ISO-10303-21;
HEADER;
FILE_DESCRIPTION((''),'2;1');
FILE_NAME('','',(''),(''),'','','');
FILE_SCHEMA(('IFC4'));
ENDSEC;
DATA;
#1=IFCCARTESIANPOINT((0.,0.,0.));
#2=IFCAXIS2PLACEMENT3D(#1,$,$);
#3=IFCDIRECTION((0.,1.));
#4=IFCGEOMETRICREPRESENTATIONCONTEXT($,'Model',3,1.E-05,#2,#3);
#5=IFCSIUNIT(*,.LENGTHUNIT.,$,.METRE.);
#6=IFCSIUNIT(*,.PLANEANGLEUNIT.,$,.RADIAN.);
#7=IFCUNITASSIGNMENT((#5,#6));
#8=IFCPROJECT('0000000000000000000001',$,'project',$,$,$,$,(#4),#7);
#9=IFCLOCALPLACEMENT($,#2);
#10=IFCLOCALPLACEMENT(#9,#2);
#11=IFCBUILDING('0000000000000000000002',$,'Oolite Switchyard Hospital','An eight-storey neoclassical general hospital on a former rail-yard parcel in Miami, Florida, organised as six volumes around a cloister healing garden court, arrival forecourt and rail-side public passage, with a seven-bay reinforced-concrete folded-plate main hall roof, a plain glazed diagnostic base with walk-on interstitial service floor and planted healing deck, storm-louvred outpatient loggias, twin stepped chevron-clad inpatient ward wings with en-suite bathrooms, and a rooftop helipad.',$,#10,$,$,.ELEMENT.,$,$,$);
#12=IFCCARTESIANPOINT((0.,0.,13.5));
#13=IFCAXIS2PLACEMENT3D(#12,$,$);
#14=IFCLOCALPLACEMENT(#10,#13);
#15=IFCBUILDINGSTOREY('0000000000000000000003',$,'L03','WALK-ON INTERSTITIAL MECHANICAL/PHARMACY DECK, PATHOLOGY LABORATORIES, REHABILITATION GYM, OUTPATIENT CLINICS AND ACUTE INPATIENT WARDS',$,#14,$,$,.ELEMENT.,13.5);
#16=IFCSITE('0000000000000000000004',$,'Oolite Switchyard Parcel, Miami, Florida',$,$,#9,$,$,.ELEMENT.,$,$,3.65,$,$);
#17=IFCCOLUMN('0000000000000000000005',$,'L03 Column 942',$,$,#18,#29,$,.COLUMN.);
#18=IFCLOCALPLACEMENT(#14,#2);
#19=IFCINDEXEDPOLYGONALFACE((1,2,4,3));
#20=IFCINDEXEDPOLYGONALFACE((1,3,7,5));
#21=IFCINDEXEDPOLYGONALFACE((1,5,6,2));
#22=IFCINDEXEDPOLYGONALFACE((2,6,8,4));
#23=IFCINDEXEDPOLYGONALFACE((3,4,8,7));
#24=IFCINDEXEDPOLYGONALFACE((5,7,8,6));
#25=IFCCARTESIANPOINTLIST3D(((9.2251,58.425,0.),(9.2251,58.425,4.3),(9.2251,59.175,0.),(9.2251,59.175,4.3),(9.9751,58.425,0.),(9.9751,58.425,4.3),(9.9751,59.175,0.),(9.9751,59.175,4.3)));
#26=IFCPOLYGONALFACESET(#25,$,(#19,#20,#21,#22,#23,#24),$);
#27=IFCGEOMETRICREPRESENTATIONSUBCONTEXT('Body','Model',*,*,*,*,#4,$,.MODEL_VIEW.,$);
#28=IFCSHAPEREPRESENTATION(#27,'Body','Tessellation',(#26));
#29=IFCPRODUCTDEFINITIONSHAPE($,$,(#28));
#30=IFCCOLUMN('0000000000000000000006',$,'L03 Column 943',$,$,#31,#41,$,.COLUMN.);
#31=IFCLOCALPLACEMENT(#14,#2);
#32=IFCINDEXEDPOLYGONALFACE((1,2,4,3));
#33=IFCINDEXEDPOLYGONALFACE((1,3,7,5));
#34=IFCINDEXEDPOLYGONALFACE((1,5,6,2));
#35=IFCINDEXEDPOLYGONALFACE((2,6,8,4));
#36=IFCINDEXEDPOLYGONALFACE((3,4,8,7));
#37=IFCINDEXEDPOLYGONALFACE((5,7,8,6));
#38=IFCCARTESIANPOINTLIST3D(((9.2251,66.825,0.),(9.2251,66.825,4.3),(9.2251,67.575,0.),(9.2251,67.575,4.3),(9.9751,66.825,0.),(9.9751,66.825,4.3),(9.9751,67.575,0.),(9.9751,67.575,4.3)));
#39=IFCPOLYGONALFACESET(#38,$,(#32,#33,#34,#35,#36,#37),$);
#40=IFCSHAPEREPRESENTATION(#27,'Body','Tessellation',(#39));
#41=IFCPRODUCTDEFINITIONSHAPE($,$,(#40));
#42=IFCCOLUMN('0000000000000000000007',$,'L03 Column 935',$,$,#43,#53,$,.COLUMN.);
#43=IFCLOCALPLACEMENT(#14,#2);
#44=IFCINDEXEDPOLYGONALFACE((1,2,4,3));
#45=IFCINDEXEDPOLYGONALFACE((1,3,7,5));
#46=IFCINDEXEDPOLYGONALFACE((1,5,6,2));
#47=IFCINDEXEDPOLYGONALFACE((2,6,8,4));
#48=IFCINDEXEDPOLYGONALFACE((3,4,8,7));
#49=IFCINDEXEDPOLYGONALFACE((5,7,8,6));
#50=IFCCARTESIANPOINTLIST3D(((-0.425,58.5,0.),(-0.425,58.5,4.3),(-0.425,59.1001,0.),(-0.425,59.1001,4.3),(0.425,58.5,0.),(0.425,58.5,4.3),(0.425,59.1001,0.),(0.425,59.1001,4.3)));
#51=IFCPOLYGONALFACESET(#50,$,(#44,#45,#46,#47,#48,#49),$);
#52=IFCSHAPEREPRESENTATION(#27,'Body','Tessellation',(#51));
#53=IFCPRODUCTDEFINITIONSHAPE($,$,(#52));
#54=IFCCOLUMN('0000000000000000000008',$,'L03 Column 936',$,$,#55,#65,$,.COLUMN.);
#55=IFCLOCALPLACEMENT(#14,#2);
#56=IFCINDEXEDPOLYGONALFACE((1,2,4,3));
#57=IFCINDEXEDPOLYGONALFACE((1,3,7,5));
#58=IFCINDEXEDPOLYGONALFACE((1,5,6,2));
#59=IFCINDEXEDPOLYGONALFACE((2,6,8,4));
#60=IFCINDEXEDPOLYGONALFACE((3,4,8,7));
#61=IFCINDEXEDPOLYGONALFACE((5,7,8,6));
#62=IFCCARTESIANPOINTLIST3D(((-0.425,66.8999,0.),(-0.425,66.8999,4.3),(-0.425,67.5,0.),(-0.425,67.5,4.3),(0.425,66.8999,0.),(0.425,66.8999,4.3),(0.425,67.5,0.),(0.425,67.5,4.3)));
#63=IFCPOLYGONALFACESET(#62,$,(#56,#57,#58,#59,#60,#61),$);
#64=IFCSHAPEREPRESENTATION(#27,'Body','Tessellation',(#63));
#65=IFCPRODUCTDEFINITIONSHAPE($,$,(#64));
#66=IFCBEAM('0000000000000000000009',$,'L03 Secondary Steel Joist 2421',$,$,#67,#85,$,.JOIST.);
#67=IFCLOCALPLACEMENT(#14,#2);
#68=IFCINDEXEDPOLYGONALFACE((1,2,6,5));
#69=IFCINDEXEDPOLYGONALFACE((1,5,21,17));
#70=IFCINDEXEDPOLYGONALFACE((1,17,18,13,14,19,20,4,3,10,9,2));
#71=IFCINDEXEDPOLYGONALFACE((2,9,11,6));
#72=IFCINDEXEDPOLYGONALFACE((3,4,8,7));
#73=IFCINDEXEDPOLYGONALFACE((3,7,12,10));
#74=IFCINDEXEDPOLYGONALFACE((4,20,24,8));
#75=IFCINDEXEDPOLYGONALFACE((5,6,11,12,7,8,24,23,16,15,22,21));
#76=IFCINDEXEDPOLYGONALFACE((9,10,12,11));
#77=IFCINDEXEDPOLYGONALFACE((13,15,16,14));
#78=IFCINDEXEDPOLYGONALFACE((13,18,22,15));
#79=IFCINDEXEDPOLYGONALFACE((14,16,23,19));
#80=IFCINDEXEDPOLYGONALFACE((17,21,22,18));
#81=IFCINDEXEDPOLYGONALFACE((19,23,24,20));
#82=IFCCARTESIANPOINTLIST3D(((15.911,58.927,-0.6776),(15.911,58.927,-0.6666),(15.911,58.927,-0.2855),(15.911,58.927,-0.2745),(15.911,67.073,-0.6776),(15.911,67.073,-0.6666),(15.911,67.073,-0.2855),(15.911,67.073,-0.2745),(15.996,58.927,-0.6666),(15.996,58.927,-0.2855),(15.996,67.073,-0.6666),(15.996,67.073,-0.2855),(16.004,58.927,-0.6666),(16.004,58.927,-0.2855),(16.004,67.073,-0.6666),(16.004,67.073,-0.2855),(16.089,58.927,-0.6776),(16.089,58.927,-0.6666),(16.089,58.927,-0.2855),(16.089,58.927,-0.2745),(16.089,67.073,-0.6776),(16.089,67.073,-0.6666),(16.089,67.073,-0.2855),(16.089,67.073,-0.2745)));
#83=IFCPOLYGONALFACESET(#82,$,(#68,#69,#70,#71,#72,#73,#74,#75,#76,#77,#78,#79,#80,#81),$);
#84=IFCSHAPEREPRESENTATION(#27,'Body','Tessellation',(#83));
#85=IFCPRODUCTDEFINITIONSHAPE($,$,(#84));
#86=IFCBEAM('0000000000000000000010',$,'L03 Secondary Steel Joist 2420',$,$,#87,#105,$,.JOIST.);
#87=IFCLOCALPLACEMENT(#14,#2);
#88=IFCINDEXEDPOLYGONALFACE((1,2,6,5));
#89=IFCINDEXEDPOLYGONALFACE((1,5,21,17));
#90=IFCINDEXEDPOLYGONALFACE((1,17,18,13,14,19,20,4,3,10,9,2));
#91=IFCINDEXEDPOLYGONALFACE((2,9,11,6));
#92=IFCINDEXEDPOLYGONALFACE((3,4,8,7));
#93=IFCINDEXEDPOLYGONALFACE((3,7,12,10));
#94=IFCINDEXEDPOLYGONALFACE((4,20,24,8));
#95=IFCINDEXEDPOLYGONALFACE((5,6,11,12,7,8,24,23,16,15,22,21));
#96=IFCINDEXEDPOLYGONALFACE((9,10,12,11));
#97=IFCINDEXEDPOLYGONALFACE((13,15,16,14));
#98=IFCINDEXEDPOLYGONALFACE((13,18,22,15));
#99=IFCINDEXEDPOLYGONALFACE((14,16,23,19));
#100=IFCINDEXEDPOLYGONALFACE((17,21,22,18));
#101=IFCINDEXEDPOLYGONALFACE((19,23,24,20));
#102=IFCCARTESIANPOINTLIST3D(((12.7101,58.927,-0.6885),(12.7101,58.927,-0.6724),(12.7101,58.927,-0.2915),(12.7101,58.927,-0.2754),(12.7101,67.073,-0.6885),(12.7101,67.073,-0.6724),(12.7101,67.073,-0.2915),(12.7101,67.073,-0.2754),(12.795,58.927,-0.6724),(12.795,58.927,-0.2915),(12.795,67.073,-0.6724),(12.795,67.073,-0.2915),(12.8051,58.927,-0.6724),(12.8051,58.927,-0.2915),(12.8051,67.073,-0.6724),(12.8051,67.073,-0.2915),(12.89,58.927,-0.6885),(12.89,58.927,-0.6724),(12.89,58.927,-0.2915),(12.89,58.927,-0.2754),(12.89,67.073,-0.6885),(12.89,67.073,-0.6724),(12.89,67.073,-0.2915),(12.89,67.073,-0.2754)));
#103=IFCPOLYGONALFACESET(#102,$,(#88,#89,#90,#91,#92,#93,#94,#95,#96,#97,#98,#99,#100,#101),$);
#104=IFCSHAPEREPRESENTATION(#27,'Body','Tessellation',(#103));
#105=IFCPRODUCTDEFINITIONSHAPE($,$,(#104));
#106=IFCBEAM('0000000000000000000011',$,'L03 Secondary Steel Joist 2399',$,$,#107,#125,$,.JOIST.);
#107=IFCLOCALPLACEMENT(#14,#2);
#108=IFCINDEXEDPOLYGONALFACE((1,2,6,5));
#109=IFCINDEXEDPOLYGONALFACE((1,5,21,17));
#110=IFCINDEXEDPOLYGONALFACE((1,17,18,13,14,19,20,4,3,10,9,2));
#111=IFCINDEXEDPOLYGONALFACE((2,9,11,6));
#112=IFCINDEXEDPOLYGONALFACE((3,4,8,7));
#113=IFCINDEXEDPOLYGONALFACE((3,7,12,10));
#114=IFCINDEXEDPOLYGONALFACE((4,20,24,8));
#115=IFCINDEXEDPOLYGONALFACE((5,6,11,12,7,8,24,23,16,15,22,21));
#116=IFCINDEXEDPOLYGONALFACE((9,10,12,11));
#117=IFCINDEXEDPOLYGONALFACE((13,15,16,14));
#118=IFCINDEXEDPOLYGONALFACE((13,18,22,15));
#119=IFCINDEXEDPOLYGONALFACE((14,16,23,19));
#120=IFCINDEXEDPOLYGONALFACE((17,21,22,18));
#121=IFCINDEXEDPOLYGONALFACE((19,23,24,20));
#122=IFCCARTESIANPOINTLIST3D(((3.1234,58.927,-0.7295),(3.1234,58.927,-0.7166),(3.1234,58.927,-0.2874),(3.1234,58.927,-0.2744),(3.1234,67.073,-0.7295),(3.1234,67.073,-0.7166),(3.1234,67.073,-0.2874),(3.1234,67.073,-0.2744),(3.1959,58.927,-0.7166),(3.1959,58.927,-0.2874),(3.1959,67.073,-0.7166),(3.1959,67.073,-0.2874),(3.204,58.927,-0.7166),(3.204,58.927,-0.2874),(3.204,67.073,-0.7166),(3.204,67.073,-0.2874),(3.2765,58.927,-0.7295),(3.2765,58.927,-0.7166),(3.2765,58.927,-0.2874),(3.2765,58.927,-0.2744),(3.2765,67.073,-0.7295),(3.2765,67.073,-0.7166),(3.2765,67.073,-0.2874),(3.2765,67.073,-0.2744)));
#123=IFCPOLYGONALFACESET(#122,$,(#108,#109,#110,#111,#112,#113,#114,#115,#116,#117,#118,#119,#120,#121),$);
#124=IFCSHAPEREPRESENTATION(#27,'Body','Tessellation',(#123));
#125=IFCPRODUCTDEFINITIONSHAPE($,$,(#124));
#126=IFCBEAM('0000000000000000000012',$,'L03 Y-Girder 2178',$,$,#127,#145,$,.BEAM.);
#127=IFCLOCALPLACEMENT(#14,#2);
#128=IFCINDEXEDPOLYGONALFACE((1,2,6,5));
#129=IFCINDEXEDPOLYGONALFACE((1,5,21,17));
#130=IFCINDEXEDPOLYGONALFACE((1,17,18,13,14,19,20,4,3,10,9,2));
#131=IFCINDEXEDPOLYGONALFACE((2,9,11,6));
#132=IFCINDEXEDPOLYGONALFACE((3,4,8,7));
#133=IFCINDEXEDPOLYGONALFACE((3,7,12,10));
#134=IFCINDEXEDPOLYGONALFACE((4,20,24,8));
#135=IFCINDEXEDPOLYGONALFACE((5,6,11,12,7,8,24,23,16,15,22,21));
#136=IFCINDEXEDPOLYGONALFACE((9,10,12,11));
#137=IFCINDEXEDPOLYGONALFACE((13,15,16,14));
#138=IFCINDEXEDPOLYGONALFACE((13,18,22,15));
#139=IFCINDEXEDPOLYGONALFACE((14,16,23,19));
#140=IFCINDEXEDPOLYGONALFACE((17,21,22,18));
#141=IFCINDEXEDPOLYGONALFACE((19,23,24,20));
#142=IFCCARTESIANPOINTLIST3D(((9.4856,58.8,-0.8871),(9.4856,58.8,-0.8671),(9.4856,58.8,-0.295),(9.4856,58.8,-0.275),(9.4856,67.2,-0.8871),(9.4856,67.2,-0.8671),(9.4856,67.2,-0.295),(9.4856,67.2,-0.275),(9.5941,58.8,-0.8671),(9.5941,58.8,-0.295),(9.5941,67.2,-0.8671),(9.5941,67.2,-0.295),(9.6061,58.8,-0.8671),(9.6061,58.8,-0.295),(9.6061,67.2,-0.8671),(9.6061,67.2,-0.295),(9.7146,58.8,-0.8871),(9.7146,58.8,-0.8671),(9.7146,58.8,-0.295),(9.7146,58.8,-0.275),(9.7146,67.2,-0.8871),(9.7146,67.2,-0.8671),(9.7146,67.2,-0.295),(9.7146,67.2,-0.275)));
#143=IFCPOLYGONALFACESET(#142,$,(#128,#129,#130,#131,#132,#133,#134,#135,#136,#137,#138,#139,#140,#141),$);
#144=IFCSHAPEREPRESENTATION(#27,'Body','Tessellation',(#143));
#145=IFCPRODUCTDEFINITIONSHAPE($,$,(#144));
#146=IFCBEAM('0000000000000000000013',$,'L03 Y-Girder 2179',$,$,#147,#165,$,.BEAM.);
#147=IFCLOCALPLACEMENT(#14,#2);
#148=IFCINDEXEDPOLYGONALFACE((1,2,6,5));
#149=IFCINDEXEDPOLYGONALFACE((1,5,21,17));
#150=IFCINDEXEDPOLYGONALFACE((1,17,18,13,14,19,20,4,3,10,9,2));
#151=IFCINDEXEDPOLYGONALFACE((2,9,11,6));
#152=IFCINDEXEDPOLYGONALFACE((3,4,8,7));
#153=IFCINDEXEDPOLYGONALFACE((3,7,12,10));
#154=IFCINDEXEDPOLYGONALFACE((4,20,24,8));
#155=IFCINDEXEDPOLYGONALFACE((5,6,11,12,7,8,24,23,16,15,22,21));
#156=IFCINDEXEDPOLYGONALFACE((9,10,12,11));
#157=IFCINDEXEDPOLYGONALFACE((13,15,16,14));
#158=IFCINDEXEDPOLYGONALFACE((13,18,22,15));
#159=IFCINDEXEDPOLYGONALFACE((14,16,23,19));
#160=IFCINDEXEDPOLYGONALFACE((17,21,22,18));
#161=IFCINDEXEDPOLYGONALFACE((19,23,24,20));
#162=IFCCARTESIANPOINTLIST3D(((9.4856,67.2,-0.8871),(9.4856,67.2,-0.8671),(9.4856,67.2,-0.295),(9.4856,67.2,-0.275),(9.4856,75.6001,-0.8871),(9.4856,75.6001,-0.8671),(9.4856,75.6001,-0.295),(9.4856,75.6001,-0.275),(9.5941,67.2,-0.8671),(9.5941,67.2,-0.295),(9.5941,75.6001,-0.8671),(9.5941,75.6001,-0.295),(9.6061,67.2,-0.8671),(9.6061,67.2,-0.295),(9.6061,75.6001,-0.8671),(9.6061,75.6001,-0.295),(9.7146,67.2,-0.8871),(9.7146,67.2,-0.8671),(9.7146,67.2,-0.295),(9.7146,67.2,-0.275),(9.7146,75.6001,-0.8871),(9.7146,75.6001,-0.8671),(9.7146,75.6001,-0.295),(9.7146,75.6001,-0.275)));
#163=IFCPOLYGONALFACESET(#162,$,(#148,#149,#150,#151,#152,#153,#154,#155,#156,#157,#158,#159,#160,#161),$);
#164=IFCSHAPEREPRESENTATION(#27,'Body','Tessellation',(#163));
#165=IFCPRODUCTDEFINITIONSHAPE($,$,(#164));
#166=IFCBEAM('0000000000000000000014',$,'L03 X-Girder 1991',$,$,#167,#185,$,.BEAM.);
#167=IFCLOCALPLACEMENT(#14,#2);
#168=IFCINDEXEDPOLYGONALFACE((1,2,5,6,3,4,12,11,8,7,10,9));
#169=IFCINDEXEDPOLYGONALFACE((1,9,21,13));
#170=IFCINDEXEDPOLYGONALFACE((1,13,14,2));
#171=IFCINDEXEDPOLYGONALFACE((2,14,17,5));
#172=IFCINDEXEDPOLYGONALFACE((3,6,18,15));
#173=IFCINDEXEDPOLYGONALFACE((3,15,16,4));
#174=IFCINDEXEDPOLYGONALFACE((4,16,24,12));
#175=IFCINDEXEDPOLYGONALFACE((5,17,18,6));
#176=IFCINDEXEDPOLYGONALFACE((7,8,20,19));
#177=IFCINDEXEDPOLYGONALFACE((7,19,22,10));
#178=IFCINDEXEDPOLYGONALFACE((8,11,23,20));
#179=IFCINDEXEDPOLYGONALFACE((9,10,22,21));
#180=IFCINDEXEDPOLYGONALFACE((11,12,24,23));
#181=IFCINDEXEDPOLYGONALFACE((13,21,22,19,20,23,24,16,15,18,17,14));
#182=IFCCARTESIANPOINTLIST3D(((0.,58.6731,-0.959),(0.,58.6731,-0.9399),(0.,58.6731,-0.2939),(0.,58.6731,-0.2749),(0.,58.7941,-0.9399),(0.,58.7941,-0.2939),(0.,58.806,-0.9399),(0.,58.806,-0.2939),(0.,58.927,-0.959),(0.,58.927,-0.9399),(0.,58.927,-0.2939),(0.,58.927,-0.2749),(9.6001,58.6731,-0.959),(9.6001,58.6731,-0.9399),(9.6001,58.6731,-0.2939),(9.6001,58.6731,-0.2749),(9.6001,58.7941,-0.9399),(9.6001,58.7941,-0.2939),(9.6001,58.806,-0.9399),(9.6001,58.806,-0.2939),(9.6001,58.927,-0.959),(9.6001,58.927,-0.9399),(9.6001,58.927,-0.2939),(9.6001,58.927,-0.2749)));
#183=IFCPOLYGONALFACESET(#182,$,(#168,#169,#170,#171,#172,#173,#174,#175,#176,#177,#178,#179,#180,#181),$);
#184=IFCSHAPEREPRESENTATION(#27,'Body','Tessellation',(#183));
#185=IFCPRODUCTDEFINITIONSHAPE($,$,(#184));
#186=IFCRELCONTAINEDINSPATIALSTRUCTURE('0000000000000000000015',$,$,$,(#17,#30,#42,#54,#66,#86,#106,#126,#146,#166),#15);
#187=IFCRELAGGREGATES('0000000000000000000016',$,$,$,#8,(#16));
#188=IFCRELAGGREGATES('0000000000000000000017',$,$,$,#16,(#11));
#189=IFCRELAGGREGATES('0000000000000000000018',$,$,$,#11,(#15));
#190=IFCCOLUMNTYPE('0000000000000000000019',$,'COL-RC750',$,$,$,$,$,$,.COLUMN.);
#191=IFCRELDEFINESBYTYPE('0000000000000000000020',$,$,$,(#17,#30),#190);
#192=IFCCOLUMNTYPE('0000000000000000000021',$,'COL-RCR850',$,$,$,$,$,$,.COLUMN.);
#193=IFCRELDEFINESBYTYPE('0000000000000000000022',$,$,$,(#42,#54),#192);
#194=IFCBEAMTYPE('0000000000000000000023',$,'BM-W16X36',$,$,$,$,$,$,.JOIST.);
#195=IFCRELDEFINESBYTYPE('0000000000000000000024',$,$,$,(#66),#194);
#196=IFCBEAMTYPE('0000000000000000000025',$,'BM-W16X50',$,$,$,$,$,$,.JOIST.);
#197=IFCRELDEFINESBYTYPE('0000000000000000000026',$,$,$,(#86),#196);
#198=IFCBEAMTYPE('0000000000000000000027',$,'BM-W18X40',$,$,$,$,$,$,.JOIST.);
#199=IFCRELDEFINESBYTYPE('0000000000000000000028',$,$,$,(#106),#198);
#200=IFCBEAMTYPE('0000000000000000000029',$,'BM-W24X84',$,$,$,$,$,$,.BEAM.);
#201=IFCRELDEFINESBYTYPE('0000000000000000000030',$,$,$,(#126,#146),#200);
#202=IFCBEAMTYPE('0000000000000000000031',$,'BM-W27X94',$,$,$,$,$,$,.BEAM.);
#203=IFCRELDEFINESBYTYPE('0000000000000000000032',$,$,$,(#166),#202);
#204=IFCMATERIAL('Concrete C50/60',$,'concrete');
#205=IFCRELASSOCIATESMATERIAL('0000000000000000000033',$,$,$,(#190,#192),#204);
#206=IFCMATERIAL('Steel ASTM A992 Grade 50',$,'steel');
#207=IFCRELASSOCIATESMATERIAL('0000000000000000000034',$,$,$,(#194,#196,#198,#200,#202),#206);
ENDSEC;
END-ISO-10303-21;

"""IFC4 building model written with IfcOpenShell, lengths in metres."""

from ifc_helpers import new_model, si_unit, direction, frame, origin, origin_2d, place, context, subcontext, project, spatial, rectangle, i_section, extrude, material, material_profile, profile_set, type_object, element, save


model = new_model("IFC4")

# Units and contexts
model_context = context("Model", 3, precision=1e-05, world=origin(), true_north=direction((0.0, 1.0)))
body_context = subcontext(model_context, "Body", "Model", "MODEL_VIEW")
ifc_project = project(units=[si_unit("LENGTHUNIT", "METRE"), si_unit("PLANEANGLEUNIT", "RADIAN")], contexts=[model_context])

# Site, building, storey
site_placement = place(None, origin())
site = spatial("IfcSite", under=ifc_project, at=site_placement, Name="Oolite Switchyard Parcel, Miami, Florida", CompositionType="ELEMENT", RefElevation=3.65)
building_placement = place(site_placement, origin())
building = spatial("IfcBuilding", under=site, at=building_placement, Name="Oolite Switchyard Hospital", Description="An eight-storey neoclassical general hospital on a former rail-yard parcel in Miami, Florida, organised as six volumes around a cloister healing garden court, arrival forecourt and rail-side public passage, with a seven-bay reinforced-concrete folded-plate main hall roof, a plain glazed diagnostic base with walk-on interstitial service floor and planted healing deck, storm-louvred outpatient loggias, twin stepped chevron-clad inpatient ward wings with en-suite bathrooms, and a rooftop helipad.", CompositionType="ELEMENT")
storey_placement = place(building_placement, frame((0.0, 0.0, 13.5)))
storey = spatial("IfcBuildingStorey", under=building, at=storey_placement, Name="L03", Description="WALK-ON INTERSTITIAL MECHANICAL/PHARMACY DECK, PATHOLOGY LABORATORIES, REHABILITATION GYM, OUTPATIENT CLINICS AND ACUTE INPATIENT WARDS", CompositionType="ELEMENT", Elevation=13.5)

# Columns
ifc_material_1 = material(Name="Concrete C50/60", Category="concrete")
ifc_material_profile_1 = material_profile(ifc_material_1, rectangle(XDim=0.75, YDim=0.75, at=origin_2d()), Name="RC750X750")
ifc_profile_set_1 = profile_set([ifc_material_profile_1], Name="Concrete C50/60")
column_type_1 = type_object("IfcColumnType", Name="COL-RC750", PredefinedType="COLUMN", material=ifc_profile_set_1)
for number, where, z_axis, x_axis, name in (
    (1, (9.6001, 58.8, 0.0), (0.0, 0.0, 1.0), (1.0, 0.0, 0.0), "L03 Column 942"),
    (2, (9.6001, 67.2, 0.0), (0.0, 0.0, 1.0), (1.0, 0.0, 0.0), "L03 Column 943"),
):
    element("IfcColumn", number, at=place(storey_placement, frame(where, z_axis=z_axis, x_axis=x_axis)), inside=storey, type_object=column_type_1, Name=name, PredefinedType="COLUMN", context=body_context, shape_type="SweptSolid", body=[
        extrude(rectangle(XDim=0.75, YDim=0.75, at=origin_2d()), origin(), (0.0, 0.0, 1.0), 4.3),
    ])
ifc_material_profile_2 = material_profile(ifc_material_1, rectangle(XDim=0.8501, YDim=0.6001, at=origin_2d()), Name="RC850X600")
ifc_profile_set_2 = profile_set([ifc_material_profile_2], Name="Concrete C50/60")
column_type_2 = type_object("IfcColumnType", Name="COL-RCR850", PredefinedType="COLUMN", material=ifc_profile_set_2)
for number, where, z_axis, x_axis, name in (
    (3, (0.0, 58.8, 0.0), (0.0, 0.0, 1.0), (1.0, 0.0, 0.0), "L03 Column 935"),
    (4, (0.0, 67.2, 0.0), (0.0, 0.0, 1.0), (1.0, 0.0, 0.0), "L03 Column 936"),
):
    element("IfcColumn", number, at=place(storey_placement, frame(where, z_axis=z_axis, x_axis=x_axis)), inside=storey, type_object=column_type_2, Name=name, PredefinedType="COLUMN", context=body_context, shape_type="SweptSolid", body=[
        extrude(rectangle(XDim=0.8501, YDim=0.6001, at=origin_2d()), origin(), (0.0, 0.0, 1.0), 4.3),
    ])

# Beams
ifc_material_2 = material(Name="Steel ASTM A992 Grade 50", Category="steel")
ifc_material_profile_3 = material_profile(ifc_material_2, i_section(OverallWidth=0.178, OverallDepth=0.4031, WebThickness=0.0081, FlangeThickness=0.011, at=origin_2d()), Name="W16X36")
ifc_profile_set_3 = profile_set([ifc_material_profile_3], Name="Steel ASTM A992 Grade 50")
beam_type_1 = type_object("IfcBeamType", Name="BM-W16X36", PredefinedType="JOIST", material=ifc_profile_set_3)
beam_1_placement = place(storey_placement, frame((16.0, 58.927, -0.4761), z_axis=(0.0, 1.0, 0.0), x_axis=(-1.0, 0.0, 0.0)))
element("IfcBeam", 5, at=beam_1_placement, inside=storey, type_object=beam_type_1, Name="L03 Secondary Steel Joist 2421", PredefinedType="JOIST", context=body_context, shape_type="SweptSolid", body=[
    extrude(i_section(OverallWidth=0.178, OverallDepth=0.4031, WebThickness=0.0081, FlangeThickness=0.011, at=origin_2d()), origin(), (0.0, 0.0, 1.0), 8.146),
])
ifc_material_profile_4 = material_profile(ifc_material_2, i_section(OverallWidth=0.1799, OverallDepth=0.4131, WebThickness=0.01, FlangeThickness=0.0161, at=origin_2d()), Name="W16X50")
ifc_profile_set_4 = profile_set([ifc_material_profile_4], Name="Steel ASTM A992 Grade 50")
beam_type_2 = type_object("IfcBeamType", Name="BM-W16X50", PredefinedType="JOIST", material=ifc_profile_set_4)
beam_2_placement = place(storey_placement, frame((12.8, 58.927, -0.4819), z_axis=(0.0, 1.0, 0.0), x_axis=(-1.0, 0.0, 0.0)))
element("IfcBeam", 6, at=beam_2_placement, inside=storey, type_object=beam_type_2, Name="L03 Secondary Steel Joist 2420", PredefinedType="JOIST", context=body_context, shape_type="SweptSolid", body=[
    extrude(i_section(OverallWidth=0.1799, OverallDepth=0.4131, WebThickness=0.01, FlangeThickness=0.0161, at=origin_2d()), origin(), (0.0, 0.0, 1.0), 8.146),
])
ifc_material_profile_5 = material_profile(ifc_material_2, i_section(OverallWidth=0.1531, OverallDepth=0.4551, WebThickness=0.0081, FlangeThickness=0.0129, at=origin_2d()), Name="W18X40")
ifc_profile_set_5 = profile_set([ifc_material_profile_5], Name="Steel ASTM A992 Grade 50")
beam_type_3 = type_object("IfcBeamType", Name="BM-W18X40", PredefinedType="JOIST", material=ifc_profile_set_5)
beam_3_placement = place(storey_placement, frame((3.2, 58.927, -0.502), z_axis=(0.0, 1.0, 0.0), x_axis=(-1.0, 0.0, 0.0)))
element("IfcBeam", 7, at=beam_3_placement, inside=storey, type_object=beam_type_3, Name="L03 Secondary Steel Joist 2399", PredefinedType="JOIST", context=body_context, shape_type="SweptSolid", body=[
    extrude(i_section(OverallWidth=0.1531, OverallDepth=0.4551, WebThickness=0.0081, FlangeThickness=0.0129, at=origin_2d()), origin(), (0.0, 0.0, 1.0), 8.146),
])
ifc_material_profile_6 = material_profile(ifc_material_2, i_section(OverallWidth=0.229, OverallDepth=0.6121, WebThickness=0.012, FlangeThickness=0.02, at=origin_2d()), Name="W24X84")
ifc_profile_set_6 = profile_set([ifc_material_profile_6], Name="Steel ASTM A992 Grade 50")
beam_type_4 = type_object("IfcBeamType", Name="BM-W24X84", PredefinedType="BEAM", material=ifc_profile_set_6)
beam_4_placement = place(storey_placement, frame((9.6001, 58.8, -0.5811), z_axis=(0.0, 1.0, 0.0), x_axis=(-1.0, 0.0, 0.0)))
element("IfcBeam", 8, at=beam_4_placement, inside=storey, type_object=beam_type_4, Name="L03 Y-Girder 2178", PredefinedType="BEAM", context=body_context, shape_type="SweptSolid", body=[
    extrude(i_section(OverallWidth=0.229, OverallDepth=0.6121, WebThickness=0.012, FlangeThickness=0.02, at=origin_2d()), origin(), (0.0, 0.0, 1.0), 8.3999),
])
beam_5_placement = place(storey_placement, frame((9.6001, 67.2, -0.5811), z_axis=(0.0, 1.0, 0.0), x_axis=(-1.0, 0.0, 0.0)))
element("IfcBeam", 9, at=beam_5_placement, inside=storey, type_object=beam_type_4, Name="L03 Y-Girder 2179", PredefinedType="BEAM", context=body_context, shape_type="SweptSolid", body=[
    extrude(i_section(OverallWidth=0.229, OverallDepth=0.6121, WebThickness=0.012, FlangeThickness=0.02, at=origin_2d()), origin(), (0.0, 0.0, 1.0), 8.4001),
])
ifc_material_profile_7 = material_profile(ifc_material_2, i_section(OverallWidth=0.2539, OverallDepth=0.6841, WebThickness=0.012, FlangeThickness=0.019, at=origin_2d()), Name="W27X94")
ifc_profile_set_7 = profile_set([ifc_material_profile_7], Name="Steel ASTM A992 Grade 50")
beam_type_5 = type_object("IfcBeamType", Name="BM-W27X94", PredefinedType="BEAM", material=ifc_profile_set_7)
beam_6_placement = place(storey_placement, frame((0.0, 58.8, -0.6169), z_axis=(1.0, 0.0, 0.0), x_axis=(0.0, 1.0, 0.0)))
element("IfcBeam", 10, at=beam_6_placement, inside=storey, type_object=beam_type_5, Name="L03 X-Girder 1991", PredefinedType="BEAM", context=body_context, shape_type="SweptSolid", body=[
    extrude(i_section(OverallWidth=0.2539, OverallDepth=0.6841, WebThickness=0.012, FlangeThickness=0.019, at=origin_2d()), origin(), (0.0, 0.0, 1.0), 9.6001),
])

save(model, "model.ifc")
